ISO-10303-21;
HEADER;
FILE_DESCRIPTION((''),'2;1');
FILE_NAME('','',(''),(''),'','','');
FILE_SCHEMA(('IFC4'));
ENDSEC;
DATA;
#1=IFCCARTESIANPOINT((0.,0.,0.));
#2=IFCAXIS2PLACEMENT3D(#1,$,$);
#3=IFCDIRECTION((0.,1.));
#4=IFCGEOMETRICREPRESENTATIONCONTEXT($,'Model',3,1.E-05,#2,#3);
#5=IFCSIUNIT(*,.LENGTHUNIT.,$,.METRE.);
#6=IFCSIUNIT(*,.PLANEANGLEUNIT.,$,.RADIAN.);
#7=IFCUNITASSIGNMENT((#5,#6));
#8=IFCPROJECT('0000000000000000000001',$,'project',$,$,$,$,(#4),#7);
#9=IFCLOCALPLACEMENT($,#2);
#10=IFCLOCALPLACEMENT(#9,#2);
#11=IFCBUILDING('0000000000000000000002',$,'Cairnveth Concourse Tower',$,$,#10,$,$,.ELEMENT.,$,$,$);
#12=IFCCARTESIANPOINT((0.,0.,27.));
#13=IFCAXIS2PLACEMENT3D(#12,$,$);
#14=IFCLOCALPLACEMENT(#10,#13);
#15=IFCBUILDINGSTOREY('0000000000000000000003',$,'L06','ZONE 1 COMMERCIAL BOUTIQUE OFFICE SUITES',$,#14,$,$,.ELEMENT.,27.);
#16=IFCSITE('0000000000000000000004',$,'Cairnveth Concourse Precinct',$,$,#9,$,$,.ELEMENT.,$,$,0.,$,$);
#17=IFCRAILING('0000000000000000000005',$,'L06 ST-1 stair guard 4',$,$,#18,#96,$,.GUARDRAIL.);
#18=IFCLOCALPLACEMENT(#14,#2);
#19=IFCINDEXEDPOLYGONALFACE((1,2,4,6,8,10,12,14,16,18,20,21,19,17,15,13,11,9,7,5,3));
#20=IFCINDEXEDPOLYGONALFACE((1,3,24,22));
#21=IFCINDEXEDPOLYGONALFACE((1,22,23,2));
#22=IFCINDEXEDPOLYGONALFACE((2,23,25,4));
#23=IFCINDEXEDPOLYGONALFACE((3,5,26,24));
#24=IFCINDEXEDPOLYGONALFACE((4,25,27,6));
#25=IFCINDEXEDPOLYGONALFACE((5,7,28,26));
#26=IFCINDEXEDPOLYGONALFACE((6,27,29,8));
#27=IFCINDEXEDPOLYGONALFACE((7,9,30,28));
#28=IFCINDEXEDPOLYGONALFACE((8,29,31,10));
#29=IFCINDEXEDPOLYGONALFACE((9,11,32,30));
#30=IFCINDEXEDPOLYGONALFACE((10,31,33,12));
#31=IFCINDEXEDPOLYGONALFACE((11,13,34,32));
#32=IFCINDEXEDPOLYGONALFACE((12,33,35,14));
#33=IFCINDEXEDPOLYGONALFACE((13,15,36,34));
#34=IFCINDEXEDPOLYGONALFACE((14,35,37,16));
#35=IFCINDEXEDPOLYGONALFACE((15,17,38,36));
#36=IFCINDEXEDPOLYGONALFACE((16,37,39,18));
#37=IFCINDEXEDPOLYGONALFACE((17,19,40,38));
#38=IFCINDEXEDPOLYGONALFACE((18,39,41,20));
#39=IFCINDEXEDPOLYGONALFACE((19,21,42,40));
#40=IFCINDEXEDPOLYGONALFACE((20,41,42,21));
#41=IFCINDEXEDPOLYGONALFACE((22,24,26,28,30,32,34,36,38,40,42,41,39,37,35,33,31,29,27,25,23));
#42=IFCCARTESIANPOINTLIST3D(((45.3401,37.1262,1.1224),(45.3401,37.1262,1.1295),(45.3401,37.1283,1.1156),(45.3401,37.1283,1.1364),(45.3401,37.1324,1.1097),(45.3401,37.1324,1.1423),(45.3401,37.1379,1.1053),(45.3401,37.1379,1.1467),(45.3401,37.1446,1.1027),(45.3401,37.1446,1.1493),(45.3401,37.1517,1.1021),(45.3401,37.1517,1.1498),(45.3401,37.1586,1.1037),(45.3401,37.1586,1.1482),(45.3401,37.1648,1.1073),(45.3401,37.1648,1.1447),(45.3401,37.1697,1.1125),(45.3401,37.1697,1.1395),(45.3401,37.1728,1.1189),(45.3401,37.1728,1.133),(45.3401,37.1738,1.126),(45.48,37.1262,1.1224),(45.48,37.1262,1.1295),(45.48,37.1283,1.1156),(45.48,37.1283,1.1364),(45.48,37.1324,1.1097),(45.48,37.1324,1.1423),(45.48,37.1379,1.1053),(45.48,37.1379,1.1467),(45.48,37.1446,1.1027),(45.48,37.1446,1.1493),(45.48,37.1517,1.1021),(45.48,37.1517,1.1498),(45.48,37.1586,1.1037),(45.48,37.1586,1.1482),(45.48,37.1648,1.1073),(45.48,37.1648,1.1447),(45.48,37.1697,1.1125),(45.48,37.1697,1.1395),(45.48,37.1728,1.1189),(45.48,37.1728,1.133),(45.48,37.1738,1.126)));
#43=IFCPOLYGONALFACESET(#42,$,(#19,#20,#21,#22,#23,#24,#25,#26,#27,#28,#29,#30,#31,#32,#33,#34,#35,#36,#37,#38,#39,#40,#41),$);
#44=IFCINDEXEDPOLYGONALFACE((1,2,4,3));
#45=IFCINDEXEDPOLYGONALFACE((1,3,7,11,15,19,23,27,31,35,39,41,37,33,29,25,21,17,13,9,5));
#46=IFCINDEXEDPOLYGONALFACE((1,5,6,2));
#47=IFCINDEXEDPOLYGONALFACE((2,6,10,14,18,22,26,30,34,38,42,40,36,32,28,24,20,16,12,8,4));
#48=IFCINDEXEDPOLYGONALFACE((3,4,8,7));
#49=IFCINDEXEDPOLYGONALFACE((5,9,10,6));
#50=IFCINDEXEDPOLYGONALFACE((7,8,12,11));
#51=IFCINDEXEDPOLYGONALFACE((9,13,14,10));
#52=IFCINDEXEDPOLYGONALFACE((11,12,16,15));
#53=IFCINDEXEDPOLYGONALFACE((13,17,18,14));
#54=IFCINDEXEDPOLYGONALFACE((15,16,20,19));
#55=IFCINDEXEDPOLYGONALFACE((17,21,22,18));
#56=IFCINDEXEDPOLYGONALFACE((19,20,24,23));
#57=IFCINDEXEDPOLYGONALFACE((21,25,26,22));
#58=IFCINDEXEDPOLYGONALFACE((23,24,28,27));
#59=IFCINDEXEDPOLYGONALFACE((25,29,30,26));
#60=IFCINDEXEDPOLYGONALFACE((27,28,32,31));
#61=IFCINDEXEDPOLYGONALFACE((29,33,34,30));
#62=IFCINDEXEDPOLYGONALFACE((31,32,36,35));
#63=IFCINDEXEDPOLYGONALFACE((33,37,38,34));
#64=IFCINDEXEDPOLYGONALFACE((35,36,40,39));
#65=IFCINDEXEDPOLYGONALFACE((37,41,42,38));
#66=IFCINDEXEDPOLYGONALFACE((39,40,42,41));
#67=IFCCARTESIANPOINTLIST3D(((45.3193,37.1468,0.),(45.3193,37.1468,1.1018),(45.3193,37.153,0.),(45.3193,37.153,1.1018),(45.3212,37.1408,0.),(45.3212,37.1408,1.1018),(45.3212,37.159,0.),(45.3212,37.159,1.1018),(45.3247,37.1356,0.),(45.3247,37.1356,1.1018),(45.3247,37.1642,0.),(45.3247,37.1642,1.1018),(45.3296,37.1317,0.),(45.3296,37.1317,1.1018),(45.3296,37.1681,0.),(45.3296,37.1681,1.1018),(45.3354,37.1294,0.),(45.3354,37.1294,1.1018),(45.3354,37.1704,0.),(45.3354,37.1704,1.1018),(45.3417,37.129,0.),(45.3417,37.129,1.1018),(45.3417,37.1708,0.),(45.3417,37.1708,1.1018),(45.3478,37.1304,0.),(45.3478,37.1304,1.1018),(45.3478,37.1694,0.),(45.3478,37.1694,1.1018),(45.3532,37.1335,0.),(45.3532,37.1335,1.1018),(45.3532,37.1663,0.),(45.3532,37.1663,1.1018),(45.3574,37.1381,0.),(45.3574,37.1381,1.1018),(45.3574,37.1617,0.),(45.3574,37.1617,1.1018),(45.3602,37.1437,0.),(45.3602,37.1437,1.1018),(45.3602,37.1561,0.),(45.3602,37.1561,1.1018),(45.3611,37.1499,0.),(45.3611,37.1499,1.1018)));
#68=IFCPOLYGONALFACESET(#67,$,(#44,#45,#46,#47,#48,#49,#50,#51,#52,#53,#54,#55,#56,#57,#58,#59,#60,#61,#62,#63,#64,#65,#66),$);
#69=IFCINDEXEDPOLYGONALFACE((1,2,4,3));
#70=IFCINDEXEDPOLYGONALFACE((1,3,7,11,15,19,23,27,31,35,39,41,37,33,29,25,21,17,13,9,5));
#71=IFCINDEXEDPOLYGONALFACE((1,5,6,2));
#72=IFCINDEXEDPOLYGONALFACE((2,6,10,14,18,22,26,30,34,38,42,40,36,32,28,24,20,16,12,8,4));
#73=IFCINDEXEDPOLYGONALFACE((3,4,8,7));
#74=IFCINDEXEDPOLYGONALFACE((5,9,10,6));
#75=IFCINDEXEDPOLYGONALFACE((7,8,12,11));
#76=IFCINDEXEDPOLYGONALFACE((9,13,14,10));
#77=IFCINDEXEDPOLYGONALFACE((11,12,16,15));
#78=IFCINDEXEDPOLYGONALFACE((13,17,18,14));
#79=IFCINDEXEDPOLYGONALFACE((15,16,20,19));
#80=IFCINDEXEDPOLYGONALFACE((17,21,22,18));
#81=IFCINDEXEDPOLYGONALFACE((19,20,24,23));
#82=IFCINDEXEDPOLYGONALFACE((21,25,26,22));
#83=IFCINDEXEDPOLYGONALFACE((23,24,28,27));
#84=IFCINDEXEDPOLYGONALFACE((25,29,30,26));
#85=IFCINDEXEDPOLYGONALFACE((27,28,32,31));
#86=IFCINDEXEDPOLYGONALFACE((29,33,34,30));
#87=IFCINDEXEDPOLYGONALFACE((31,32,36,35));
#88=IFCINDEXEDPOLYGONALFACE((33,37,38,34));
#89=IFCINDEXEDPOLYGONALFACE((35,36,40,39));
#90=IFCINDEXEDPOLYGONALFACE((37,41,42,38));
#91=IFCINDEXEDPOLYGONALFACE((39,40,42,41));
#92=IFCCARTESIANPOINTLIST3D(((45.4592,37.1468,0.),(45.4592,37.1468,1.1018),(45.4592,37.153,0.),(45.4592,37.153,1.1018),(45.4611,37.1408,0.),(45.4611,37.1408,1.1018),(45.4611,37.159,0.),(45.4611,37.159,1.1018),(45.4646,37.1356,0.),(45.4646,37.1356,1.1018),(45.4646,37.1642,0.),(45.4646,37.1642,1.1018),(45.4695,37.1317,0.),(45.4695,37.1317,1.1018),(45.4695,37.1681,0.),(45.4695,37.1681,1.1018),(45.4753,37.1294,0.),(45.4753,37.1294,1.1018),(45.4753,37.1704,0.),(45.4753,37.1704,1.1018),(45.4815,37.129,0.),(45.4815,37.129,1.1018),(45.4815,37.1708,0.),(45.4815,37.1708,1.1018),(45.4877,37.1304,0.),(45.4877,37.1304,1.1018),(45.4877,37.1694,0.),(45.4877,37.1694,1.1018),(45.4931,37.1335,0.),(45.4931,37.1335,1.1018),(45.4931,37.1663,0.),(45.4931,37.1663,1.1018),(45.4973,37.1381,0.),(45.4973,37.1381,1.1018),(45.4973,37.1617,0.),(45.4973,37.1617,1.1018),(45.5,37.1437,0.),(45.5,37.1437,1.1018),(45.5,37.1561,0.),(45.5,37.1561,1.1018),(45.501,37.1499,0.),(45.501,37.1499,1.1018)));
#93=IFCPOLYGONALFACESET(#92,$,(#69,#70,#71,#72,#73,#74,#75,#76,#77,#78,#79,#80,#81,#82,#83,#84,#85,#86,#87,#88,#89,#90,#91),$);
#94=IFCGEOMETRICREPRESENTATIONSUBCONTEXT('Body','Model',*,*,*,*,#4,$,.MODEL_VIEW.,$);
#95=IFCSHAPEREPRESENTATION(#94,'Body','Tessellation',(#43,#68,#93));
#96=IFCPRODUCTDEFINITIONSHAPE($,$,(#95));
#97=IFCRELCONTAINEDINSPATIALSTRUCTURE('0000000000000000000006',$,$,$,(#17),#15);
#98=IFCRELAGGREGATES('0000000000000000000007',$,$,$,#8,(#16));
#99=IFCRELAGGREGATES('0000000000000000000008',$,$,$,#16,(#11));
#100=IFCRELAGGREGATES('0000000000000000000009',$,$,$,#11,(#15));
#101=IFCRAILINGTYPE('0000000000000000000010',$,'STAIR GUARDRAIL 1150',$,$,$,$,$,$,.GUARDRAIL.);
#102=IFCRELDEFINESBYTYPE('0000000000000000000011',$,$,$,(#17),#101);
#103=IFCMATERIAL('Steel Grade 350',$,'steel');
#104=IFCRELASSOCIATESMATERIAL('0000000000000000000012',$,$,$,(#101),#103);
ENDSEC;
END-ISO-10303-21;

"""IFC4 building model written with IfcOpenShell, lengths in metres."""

from ifc_helpers import new_model, si_unit, direction, frame, origin, origin_2d, place, context, subcontext, project, spatial, circle, extrude, material, type_object, element, save


model = new_model("IFC4")

# Units and contexts
model_context = context("Model", 3, precision=1e-05, world=origin(), true_north=direction((0.0, 1.0)))
body_context = subcontext(model_context, "Body", "Model", "MODEL_VIEW")
ifc_project = project(units=[si_unit("LENGTHUNIT", "METRE"), si_unit("PLANEANGLEUNIT", "RADIAN")], contexts=[model_context])

# Site, building, storey
site_placement = place(None, origin())
site = spatial("IfcSite", under=ifc_project, at=site_placement, Name="Cairnveth Concourse Precinct", CompositionType="ELEMENT", RefElevation=0.0)
building_placement = place(site_placement, origin())
building = spatial("IfcBuilding", under=site, at=building_placement, Name="Cairnveth Concourse Tower", CompositionType="ELEMENT")
storey_placement = place(building_placement, frame((0.0, 0.0, 27.0)))
storey = spatial("IfcBuildingStorey", under=building, at=storey_placement, Name="L06", Description="ZONE 1 COMMERCIAL BOUTIQUE OFFICE SUITES", CompositionType="ELEMENT", Elevation=27.0)

# Shared definitions
ifc_material_1 = material(Name="Steel Grade 350", Category="steel")

# Railing
railing_type_1 = type_object("IfcRailingType", Name="STAIR GUARDRAIL 1150", PredefinedType="GUARDRAIL", material=ifc_material_1)
railing_1_placement = place(storey_placement, frame((45.3401, 37.1499, 0.0)))
element("IfcRailing", 1, at=railing_1_placement, inside=storey, type_object=railing_type_1, Name="L06 ST-1 stair guard 4", PredefinedType="GUARDRAIL", context=body_context, shape_type="SweptSolid", body=[
    extrude(circle(Radius=0.0239, at=origin_2d()), frame((0.0, 0.0, 1.126), z_axis=(1.0, 0.0, 0.0), x_axis=(0.0, 1.0, 0.0)), (0.0, 0.0, 1.0), 0.1399),
    extrude(circle(Radius=0.021, at=origin_2d()), origin(), (0.0, 0.0, 1.0), 1.1018),
    extrude(circle(Radius=0.021, at=origin_2d()), frame((0.1399, 0.0, 0.0)), (0.0, 0.0, 1.0), 1.1018),
])

save(model, "model.ifc")
